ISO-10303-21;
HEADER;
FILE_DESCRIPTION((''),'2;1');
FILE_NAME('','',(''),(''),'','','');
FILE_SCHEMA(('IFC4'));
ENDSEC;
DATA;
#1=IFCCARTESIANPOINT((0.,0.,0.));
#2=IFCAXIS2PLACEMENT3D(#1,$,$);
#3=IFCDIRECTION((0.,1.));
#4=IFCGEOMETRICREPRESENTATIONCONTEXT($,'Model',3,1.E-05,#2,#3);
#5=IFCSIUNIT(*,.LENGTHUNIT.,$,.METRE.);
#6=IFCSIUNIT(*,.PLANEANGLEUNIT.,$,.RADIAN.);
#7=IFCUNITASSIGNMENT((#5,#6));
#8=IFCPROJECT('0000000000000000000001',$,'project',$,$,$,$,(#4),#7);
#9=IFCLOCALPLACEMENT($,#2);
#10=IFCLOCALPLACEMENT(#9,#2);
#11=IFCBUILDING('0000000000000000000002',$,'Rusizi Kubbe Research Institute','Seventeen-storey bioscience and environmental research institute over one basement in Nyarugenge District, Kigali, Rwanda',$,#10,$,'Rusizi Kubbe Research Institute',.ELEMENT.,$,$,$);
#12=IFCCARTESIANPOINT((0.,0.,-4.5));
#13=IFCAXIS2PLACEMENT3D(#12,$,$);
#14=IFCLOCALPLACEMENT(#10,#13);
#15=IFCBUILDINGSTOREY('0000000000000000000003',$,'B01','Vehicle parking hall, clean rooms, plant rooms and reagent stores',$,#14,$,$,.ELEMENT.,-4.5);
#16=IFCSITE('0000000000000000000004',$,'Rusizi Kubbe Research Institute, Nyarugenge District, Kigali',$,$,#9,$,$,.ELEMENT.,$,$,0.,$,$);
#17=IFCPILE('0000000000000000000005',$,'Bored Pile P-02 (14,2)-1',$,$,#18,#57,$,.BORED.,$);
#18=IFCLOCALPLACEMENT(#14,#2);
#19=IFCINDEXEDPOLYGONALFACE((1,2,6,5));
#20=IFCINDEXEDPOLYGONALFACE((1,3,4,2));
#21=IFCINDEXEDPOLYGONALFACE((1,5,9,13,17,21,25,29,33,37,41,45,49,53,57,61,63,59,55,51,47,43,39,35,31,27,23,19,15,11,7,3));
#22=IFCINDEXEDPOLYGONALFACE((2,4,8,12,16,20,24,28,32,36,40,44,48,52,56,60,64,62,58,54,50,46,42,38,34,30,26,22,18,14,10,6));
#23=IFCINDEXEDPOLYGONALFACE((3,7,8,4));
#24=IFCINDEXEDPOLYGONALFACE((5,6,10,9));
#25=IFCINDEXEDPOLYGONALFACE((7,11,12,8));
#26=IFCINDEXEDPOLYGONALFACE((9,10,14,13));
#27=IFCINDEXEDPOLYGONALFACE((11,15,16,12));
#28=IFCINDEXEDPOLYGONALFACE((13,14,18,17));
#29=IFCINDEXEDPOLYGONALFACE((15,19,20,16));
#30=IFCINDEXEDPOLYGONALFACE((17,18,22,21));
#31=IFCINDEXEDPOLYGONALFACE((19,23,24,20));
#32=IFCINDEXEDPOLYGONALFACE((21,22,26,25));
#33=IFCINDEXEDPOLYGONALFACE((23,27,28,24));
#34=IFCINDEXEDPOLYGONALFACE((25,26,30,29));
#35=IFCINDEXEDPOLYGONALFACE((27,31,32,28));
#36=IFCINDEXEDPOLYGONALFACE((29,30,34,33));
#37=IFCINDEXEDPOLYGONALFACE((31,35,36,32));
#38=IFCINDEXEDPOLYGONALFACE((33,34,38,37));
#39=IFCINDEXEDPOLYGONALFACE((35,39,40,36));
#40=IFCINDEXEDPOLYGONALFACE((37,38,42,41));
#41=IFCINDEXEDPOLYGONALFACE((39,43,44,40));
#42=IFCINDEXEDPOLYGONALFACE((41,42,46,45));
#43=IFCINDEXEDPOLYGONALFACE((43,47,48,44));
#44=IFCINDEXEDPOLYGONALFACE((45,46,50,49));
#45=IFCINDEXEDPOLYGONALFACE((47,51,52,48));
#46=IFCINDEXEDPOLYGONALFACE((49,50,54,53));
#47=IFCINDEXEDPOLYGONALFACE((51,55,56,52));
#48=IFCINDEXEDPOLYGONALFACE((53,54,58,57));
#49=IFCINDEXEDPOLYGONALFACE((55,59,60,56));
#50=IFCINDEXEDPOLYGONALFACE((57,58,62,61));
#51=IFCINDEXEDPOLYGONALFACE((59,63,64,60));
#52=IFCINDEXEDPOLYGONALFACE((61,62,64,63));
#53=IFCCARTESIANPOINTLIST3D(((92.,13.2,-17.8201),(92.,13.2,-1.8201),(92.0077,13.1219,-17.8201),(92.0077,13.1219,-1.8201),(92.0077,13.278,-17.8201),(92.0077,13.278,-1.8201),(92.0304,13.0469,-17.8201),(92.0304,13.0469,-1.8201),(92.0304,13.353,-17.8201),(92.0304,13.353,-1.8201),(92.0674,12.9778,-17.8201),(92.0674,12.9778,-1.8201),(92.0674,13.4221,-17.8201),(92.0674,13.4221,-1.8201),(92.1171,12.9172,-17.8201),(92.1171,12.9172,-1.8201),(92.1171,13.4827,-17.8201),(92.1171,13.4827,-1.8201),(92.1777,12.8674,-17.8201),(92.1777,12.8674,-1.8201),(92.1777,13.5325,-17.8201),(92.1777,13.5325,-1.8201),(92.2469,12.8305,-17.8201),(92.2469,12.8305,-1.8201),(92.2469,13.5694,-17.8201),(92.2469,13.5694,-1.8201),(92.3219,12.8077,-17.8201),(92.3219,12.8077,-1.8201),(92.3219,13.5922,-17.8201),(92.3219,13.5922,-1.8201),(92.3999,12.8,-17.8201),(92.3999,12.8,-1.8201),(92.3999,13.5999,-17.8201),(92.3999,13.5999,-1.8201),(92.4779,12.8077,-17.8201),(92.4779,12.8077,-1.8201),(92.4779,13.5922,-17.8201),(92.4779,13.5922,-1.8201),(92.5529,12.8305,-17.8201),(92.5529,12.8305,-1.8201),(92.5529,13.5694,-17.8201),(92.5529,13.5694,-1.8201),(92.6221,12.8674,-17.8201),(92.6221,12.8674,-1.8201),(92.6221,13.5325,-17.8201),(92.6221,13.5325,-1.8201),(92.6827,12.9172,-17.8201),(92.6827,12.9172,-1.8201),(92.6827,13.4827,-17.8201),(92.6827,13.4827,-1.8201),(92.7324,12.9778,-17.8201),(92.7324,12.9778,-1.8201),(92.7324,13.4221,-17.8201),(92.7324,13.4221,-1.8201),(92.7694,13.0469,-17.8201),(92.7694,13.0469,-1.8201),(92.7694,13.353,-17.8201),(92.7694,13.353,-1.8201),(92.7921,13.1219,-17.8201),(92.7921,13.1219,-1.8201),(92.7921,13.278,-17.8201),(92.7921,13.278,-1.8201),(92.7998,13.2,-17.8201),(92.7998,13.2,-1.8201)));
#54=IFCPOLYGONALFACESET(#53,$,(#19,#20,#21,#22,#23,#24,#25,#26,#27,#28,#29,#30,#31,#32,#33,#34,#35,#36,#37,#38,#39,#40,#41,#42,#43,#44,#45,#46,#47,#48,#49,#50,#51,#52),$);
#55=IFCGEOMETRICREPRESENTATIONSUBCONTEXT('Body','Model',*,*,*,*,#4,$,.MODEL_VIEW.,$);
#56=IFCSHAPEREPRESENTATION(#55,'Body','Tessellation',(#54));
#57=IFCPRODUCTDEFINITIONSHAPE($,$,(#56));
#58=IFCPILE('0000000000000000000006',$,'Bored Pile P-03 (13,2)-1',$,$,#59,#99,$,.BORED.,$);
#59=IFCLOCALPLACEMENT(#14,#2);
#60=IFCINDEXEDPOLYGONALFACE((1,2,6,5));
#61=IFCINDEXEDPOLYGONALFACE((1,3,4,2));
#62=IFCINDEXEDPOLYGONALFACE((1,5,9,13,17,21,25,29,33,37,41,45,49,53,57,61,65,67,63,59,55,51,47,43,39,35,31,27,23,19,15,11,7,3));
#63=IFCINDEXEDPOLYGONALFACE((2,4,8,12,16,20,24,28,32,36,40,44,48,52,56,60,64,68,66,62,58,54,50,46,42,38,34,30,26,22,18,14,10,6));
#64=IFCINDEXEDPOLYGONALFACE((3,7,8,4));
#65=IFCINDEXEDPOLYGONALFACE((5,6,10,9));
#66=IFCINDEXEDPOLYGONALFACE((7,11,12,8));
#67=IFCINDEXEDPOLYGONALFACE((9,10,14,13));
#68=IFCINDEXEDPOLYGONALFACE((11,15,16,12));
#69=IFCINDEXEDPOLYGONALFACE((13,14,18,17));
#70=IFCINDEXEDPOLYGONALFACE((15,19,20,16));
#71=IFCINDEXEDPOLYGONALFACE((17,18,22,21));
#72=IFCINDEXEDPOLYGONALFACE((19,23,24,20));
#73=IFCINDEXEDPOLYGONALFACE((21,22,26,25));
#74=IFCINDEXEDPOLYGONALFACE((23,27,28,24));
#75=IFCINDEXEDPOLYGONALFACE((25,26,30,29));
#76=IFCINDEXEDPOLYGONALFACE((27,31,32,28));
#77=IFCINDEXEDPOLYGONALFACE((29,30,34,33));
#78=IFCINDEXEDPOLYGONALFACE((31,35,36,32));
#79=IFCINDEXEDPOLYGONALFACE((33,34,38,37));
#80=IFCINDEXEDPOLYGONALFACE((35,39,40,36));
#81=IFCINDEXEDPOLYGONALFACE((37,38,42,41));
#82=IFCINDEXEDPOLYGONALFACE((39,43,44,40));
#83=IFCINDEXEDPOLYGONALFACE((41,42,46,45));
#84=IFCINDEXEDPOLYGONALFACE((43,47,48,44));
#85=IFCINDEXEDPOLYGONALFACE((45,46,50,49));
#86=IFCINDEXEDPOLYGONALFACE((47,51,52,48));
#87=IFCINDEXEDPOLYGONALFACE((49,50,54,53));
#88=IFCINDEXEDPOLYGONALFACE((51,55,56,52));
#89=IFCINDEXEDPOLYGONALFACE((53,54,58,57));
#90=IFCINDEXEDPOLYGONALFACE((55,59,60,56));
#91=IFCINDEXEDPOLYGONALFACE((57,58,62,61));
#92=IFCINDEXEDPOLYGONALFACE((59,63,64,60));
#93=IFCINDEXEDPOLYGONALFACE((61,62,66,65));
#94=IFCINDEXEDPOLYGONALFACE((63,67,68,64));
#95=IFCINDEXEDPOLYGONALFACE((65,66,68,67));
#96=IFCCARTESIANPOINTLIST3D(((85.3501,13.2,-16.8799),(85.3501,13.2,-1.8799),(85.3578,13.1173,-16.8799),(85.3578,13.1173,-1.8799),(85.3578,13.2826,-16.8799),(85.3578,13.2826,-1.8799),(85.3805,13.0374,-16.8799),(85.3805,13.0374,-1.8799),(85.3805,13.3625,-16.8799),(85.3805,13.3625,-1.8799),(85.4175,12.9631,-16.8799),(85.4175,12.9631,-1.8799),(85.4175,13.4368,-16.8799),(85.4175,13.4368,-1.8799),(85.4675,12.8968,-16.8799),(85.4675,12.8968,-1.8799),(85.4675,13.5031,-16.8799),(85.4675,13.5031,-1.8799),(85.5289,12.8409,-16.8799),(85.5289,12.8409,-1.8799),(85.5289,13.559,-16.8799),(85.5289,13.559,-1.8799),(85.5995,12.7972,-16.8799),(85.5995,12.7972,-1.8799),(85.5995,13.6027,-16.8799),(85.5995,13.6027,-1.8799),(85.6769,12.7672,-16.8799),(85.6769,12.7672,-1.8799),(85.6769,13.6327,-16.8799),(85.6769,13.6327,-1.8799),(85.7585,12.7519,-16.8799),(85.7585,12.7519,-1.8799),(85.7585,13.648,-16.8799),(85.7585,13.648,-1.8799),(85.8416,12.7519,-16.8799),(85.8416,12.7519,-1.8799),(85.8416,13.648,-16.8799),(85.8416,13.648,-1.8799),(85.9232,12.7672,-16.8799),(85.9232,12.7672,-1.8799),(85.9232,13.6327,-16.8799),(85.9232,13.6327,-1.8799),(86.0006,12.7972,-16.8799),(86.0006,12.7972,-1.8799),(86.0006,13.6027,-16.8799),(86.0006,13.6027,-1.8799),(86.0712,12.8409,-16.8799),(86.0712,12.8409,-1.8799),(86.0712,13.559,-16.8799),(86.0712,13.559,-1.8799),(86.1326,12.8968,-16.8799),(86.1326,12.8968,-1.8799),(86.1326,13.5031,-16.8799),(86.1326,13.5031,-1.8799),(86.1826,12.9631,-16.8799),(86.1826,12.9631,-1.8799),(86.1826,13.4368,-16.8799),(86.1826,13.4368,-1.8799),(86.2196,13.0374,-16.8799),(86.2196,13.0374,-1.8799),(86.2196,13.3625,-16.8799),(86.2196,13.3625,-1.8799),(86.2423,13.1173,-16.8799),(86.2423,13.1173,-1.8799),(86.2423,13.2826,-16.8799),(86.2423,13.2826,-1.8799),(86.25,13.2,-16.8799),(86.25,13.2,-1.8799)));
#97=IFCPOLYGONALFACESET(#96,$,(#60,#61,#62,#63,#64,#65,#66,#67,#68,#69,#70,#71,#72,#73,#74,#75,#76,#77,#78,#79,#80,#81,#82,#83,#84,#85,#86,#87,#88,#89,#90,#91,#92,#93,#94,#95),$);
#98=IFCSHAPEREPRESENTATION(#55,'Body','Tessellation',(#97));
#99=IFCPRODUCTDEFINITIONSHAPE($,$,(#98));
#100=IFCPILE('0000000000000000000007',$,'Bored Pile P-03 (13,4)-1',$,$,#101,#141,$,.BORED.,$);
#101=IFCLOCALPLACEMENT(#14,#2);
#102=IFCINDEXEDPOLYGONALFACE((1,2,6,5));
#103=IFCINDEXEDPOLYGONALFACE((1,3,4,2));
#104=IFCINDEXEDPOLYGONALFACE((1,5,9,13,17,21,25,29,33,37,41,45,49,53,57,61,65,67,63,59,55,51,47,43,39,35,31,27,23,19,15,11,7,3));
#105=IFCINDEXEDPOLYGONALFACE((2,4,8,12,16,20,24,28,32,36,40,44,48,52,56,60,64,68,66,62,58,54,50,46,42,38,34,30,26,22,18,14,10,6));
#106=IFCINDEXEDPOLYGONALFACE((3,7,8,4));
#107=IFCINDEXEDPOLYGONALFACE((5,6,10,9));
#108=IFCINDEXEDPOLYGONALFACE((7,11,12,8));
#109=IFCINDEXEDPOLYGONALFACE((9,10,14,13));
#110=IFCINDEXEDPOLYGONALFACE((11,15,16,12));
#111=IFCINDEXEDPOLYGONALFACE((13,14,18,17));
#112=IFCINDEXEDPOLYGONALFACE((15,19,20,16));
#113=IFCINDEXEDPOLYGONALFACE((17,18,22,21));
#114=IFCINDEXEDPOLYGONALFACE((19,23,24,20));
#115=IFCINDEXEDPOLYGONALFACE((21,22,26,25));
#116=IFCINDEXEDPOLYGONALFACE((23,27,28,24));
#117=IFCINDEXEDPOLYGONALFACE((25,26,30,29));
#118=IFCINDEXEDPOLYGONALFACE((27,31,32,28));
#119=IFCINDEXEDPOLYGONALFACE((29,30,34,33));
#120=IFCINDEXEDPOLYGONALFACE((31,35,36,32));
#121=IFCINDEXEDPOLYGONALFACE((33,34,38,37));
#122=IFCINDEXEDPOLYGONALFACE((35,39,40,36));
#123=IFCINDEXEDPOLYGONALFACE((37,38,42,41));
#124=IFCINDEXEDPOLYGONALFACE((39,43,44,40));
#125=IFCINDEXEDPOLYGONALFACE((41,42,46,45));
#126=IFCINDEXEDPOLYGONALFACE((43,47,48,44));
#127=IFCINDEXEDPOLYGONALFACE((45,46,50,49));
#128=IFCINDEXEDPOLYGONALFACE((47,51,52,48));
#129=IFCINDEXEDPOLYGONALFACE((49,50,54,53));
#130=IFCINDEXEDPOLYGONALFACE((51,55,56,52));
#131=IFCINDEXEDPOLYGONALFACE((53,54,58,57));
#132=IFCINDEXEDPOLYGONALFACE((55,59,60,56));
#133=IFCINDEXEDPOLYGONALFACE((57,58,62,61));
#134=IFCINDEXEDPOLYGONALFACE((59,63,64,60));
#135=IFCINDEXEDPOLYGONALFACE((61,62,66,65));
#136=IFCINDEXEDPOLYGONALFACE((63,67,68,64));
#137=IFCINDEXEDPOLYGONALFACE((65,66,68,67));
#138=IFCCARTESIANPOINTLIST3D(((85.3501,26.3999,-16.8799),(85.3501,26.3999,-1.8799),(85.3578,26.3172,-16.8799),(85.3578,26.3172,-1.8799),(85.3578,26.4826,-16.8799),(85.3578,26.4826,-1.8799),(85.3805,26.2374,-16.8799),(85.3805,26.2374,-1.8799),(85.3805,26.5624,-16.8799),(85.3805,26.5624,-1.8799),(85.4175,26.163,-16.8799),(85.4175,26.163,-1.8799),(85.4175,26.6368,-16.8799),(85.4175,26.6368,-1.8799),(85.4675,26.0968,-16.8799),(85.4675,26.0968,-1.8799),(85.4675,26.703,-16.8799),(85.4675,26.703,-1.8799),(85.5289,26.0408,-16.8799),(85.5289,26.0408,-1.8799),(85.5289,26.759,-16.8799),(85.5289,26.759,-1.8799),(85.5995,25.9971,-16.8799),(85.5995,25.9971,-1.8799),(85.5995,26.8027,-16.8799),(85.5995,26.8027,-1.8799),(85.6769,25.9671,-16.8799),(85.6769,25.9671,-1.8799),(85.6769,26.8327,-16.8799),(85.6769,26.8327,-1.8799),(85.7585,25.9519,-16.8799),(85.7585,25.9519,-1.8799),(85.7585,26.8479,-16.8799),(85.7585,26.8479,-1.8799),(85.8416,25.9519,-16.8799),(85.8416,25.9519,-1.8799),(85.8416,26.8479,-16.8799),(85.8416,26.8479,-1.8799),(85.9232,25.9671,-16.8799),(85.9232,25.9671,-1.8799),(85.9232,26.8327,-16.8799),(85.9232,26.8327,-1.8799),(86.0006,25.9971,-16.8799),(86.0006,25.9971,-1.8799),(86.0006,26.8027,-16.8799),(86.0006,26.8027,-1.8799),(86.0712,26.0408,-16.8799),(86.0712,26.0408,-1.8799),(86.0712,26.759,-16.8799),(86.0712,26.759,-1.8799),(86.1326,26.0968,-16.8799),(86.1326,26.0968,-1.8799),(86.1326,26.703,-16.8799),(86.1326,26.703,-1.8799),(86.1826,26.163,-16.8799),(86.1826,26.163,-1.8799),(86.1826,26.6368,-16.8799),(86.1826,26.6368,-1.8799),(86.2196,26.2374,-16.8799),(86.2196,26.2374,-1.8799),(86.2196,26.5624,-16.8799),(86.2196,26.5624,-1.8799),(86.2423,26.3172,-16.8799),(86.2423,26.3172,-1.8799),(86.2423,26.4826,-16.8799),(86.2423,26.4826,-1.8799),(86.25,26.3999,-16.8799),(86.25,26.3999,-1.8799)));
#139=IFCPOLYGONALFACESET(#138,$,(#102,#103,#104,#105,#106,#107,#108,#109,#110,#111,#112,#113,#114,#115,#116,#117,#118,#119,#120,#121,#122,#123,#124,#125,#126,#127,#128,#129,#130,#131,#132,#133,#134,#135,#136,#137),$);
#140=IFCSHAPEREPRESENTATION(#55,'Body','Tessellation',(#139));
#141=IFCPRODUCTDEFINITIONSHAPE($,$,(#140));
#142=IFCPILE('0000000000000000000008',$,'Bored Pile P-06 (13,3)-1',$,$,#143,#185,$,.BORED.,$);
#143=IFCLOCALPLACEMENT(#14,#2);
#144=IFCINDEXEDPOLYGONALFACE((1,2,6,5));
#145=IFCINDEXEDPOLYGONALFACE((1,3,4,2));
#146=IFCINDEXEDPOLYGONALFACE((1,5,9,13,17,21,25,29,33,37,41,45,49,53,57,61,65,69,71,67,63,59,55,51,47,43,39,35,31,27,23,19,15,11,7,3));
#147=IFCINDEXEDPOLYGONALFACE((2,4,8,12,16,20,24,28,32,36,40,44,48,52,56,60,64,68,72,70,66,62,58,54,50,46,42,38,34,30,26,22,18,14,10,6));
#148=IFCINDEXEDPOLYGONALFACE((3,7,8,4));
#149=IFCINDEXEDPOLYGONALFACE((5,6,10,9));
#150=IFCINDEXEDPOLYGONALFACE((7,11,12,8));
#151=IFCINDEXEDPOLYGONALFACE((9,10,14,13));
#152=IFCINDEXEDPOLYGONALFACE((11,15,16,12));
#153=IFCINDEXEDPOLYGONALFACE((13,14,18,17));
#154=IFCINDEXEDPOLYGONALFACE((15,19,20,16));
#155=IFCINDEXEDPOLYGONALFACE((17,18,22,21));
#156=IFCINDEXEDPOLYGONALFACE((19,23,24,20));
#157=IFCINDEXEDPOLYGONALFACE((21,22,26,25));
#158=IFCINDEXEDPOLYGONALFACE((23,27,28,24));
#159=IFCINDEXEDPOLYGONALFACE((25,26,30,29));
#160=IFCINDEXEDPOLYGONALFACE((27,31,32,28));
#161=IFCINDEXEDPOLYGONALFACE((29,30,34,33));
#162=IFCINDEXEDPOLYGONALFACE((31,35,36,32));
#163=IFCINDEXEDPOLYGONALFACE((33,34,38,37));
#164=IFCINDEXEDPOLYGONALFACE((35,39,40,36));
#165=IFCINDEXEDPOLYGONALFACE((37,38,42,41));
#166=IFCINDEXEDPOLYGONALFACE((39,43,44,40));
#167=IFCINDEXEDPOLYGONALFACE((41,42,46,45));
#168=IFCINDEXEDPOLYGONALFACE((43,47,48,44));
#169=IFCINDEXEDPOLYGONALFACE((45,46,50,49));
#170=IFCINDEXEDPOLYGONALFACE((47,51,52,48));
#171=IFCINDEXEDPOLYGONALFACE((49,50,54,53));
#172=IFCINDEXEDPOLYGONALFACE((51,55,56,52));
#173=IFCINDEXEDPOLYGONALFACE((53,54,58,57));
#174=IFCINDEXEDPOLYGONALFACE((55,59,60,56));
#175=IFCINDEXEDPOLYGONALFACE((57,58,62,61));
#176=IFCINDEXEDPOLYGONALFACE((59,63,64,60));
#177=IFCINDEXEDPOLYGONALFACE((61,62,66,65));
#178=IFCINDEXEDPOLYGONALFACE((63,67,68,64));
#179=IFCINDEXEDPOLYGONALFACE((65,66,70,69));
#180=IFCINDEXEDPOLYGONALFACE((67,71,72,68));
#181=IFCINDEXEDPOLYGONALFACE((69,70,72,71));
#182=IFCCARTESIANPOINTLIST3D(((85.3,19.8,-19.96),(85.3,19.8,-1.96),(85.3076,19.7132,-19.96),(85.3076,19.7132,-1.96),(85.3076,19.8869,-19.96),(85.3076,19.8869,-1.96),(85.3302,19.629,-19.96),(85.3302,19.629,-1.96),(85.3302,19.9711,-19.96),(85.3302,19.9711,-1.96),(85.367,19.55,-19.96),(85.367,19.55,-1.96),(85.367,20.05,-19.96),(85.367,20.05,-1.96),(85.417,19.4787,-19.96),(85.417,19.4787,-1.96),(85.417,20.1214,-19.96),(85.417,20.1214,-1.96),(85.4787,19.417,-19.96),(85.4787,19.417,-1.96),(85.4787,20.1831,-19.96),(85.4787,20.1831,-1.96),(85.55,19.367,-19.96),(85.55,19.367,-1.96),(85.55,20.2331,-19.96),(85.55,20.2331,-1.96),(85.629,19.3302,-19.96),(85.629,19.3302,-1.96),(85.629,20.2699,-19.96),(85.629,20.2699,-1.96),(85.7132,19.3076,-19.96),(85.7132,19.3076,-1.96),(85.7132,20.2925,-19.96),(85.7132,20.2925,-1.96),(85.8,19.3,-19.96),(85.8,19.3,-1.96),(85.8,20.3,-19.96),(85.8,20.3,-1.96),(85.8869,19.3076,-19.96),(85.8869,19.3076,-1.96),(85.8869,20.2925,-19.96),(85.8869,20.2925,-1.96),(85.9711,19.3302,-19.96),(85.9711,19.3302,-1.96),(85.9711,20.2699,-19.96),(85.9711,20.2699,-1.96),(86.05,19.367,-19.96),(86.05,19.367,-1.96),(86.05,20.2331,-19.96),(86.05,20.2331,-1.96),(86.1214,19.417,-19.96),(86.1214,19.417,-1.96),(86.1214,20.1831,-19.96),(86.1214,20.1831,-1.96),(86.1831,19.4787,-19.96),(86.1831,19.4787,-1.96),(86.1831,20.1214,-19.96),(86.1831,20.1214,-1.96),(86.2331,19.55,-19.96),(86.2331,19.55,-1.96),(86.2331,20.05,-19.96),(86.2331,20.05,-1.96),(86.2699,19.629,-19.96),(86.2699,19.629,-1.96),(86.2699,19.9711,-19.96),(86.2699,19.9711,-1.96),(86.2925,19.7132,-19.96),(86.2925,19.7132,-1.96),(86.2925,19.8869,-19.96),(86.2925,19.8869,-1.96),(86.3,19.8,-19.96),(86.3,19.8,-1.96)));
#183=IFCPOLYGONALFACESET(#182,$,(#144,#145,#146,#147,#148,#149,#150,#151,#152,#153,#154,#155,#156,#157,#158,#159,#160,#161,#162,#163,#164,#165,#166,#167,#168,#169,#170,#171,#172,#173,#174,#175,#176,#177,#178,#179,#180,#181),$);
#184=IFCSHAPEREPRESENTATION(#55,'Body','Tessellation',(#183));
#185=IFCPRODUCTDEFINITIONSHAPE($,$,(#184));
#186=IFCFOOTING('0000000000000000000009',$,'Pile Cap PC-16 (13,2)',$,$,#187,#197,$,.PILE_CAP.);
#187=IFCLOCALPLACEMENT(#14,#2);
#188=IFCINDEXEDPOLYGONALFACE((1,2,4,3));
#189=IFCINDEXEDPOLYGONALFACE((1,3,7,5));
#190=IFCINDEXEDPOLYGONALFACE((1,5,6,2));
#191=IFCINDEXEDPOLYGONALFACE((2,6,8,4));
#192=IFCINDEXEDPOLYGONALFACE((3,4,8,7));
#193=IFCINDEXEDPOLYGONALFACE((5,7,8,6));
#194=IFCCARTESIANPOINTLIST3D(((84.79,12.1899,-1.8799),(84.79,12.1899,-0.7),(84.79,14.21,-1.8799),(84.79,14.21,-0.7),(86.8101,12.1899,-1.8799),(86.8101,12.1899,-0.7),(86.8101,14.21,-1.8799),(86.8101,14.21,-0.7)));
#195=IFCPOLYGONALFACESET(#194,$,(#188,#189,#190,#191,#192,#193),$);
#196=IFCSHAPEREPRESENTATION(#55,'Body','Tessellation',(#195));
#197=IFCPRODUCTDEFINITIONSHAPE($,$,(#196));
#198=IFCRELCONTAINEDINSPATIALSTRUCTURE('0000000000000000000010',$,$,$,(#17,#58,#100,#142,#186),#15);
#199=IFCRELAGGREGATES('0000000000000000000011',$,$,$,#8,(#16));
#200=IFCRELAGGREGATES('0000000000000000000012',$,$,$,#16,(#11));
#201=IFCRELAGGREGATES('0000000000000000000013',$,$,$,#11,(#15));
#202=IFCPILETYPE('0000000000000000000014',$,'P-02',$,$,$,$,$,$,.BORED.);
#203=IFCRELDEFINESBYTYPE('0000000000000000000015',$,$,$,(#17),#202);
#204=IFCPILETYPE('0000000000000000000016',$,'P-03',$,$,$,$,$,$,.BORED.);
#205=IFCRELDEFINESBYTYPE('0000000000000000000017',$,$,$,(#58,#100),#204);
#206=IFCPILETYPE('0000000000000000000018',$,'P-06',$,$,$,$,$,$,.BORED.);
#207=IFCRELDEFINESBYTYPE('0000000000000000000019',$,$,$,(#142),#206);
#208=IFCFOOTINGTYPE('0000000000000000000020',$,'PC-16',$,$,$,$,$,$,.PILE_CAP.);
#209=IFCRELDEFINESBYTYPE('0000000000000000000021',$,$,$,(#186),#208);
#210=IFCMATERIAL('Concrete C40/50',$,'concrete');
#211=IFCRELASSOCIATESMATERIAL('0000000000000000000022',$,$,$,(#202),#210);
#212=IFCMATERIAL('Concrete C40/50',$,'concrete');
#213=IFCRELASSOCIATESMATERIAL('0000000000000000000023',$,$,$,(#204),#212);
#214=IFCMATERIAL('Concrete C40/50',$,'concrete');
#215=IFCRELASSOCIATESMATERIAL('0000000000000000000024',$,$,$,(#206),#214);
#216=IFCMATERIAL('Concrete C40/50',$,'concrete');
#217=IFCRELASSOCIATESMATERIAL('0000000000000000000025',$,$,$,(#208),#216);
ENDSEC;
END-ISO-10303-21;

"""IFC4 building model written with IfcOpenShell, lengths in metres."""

from ifc_helpers import new_model, si_unit, direction, frame, origin, origin_2d, place, context, subcontext, project, spatial, rectangle, circle, extrude, material, material_profile, profile_set, type_object, element, save


model = new_model("IFC4")

# Units and contexts
model_context = context("Model", 3, precision=1e-05, world=origin(), true_north=direction((0.0, 1.0)))
body_context = subcontext(model_context, "Body", "Model", "MODEL_VIEW")
ifc_project = project(units=[si_unit("LENGTHUNIT", "METRE"), si_unit("PLANEANGLEUNIT", "RADIAN")], contexts=[model_context])

# Site, building, storey
site_placement = place(None, origin())
site = spatial("IfcSite", under=ifc_project, at=site_placement, Name="Rusizi Kubbe Research Institute, Nyarugenge District, Kigali", CompositionType="ELEMENT", RefElevation=0.0)
building_placement = place(site_placement, origin())
building = spatial("IfcBuilding", under=site, at=building_placement, Name="Rusizi Kubbe Research Institute", Description="Seventeen-storey bioscience and environmental research institute over one basement in Nyarugenge District, Kigali, Rwanda", LongName="Rusizi Kubbe Research Institute", CompositionType="ELEMENT")
storey_placement = place(building_placement, frame((0.0, 0.0, -4.5)))
storey = spatial("IfcBuildingStorey", under=building, at=storey_placement, Name="B01", Description="Vehicle parking hall, clean rooms, plant rooms and reagent stores", CompositionType="ELEMENT", Elevation=-4.5)

# Piles
ifc_material_1 = material(Name="Concrete C40/50", Category="concrete")
ifc_material_profile_1 = material_profile(ifc_material_1, circle(Radius=0.3999, at=origin_2d()), Name="PILE-D800")
ifc_profile_set_1 = profile_set([ifc_material_profile_1], Name="Concrete C40/50")
pile_type_1 = type_object("IfcPileType", Name="P-02", PredefinedType="BORED", material=ifc_profile_set_1)
pile_1_placement = place(storey_placement, frame((92.3999, 13.2, -1.8201), z_axis=(0.0, 0.0, -1.0), x_axis=(1.0, 0.0, 0.0)))
element("IfcPile", 1, at=pile_1_placement, inside=storey, type_object=pile_type_1, Name="Bored Pile P-02 (14,2)-1", PredefinedType="BORED", context=body_context, shape_type="SweptSolid", body=[
    extrude(circle(Radius=0.3999, at=origin_2d()), origin(), (0.0, 0.0, 1.0), 16.0),
])
ifc_material_2 = material(Name="Concrete C40/50", Category="concrete")
ifc_material_profile_2 = material_profile(ifc_material_2, circle(Radius=0.45, at=origin_2d()), Name="PILE-D900")
ifc_profile_set_2 = profile_set([ifc_material_profile_2], Name="Concrete C40/50")
pile_type_2 = type_object("IfcPileType", Name="P-03", PredefinedType="BORED", material=ifc_profile_set_2)
for number, where, z_axis, x_axis, name in (
    (2, (85.8, 13.2, -1.8799), (0.0, 0.0, -1.0), (1.0, 0.0, 0.0), "Bored Pile P-03 (13,2)-1"),
    (3, (85.8, 26.3999, -1.8799), (0.0, 0.0, -1.0), (1.0, 0.0, 0.0), "Bored Pile P-03 (13,4)-1"),
):
    element("IfcPile", number, at=place(storey_placement, frame(where, z_axis=z_axis, x_axis=x_axis)), inside=storey, type_object=pile_type_2, Name=name, PredefinedType="BORED", context=body_context, shape_type="SweptSolid", body=[
        extrude(circle(Radius=0.45, at=origin_2d()), origin(), (0.0, 0.0, 1.0), 15.0),
    ])
ifc_material_3 = material(Name="Concrete C40/50", Category="concrete")
ifc_material_profile_3 = material_profile(ifc_material_3, circle(Radius=0.5, at=origin_2d()), Name="PILE-D1000")
ifc_profile_set_3 = profile_set([ifc_material_profile_3], Name="Concrete C40/50")
pile_type_3 = type_object("IfcPileType", Name="P-06", PredefinedType="BORED", material=ifc_profile_set_3)
pile_2_placement = place(storey_placement, frame((85.8, 19.8, -1.96), z_axis=(0.0, 0.0, -1.0), x_axis=(1.0, 0.0, 0.0)))
element("IfcPile", 4, at=pile_2_placement, inside=storey, type_object=pile_type_3, Name="Bored Pile P-06 (13,3)-1", PredefinedType="BORED", context=body_context, shape_type="SweptSolid", body=[
    extrude(circle(Radius=0.5, at=origin_2d()), origin(), (0.0, 0.0, 1.0), 18.0),
])

# Footing
ifc_material_4 = material(Name="Concrete C40/50", Category="concrete")
footing_type_1 = type_object("IfcFootingType", Name="PC-16", PredefinedType="PILE_CAP", material=ifc_material_4)
for number, where, z_axis, x_axis, name in (
    (5, (85.8, 13.2, -1.8799), (0.0, 0.0, 1.0), (1.0, 0.0, 0.0), "Pile Cap PC-16 (13,2)"),
):
    element("IfcFooting", number, at=place(storey_placement, frame(where, z_axis=z_axis, x_axis=x_axis)), inside=storey, type_object=footing_type_1, Name=name, PredefinedType="PILE_CAP", context=body_context, shape_type="SweptSolid", body=[
        extrude(rectangle(XDim=2.02, YDim=2.02, at=origin_2d()), origin(), (0.0, 0.0, 1.0), 1.1799),
    ])

save(model, "model.ifc")
